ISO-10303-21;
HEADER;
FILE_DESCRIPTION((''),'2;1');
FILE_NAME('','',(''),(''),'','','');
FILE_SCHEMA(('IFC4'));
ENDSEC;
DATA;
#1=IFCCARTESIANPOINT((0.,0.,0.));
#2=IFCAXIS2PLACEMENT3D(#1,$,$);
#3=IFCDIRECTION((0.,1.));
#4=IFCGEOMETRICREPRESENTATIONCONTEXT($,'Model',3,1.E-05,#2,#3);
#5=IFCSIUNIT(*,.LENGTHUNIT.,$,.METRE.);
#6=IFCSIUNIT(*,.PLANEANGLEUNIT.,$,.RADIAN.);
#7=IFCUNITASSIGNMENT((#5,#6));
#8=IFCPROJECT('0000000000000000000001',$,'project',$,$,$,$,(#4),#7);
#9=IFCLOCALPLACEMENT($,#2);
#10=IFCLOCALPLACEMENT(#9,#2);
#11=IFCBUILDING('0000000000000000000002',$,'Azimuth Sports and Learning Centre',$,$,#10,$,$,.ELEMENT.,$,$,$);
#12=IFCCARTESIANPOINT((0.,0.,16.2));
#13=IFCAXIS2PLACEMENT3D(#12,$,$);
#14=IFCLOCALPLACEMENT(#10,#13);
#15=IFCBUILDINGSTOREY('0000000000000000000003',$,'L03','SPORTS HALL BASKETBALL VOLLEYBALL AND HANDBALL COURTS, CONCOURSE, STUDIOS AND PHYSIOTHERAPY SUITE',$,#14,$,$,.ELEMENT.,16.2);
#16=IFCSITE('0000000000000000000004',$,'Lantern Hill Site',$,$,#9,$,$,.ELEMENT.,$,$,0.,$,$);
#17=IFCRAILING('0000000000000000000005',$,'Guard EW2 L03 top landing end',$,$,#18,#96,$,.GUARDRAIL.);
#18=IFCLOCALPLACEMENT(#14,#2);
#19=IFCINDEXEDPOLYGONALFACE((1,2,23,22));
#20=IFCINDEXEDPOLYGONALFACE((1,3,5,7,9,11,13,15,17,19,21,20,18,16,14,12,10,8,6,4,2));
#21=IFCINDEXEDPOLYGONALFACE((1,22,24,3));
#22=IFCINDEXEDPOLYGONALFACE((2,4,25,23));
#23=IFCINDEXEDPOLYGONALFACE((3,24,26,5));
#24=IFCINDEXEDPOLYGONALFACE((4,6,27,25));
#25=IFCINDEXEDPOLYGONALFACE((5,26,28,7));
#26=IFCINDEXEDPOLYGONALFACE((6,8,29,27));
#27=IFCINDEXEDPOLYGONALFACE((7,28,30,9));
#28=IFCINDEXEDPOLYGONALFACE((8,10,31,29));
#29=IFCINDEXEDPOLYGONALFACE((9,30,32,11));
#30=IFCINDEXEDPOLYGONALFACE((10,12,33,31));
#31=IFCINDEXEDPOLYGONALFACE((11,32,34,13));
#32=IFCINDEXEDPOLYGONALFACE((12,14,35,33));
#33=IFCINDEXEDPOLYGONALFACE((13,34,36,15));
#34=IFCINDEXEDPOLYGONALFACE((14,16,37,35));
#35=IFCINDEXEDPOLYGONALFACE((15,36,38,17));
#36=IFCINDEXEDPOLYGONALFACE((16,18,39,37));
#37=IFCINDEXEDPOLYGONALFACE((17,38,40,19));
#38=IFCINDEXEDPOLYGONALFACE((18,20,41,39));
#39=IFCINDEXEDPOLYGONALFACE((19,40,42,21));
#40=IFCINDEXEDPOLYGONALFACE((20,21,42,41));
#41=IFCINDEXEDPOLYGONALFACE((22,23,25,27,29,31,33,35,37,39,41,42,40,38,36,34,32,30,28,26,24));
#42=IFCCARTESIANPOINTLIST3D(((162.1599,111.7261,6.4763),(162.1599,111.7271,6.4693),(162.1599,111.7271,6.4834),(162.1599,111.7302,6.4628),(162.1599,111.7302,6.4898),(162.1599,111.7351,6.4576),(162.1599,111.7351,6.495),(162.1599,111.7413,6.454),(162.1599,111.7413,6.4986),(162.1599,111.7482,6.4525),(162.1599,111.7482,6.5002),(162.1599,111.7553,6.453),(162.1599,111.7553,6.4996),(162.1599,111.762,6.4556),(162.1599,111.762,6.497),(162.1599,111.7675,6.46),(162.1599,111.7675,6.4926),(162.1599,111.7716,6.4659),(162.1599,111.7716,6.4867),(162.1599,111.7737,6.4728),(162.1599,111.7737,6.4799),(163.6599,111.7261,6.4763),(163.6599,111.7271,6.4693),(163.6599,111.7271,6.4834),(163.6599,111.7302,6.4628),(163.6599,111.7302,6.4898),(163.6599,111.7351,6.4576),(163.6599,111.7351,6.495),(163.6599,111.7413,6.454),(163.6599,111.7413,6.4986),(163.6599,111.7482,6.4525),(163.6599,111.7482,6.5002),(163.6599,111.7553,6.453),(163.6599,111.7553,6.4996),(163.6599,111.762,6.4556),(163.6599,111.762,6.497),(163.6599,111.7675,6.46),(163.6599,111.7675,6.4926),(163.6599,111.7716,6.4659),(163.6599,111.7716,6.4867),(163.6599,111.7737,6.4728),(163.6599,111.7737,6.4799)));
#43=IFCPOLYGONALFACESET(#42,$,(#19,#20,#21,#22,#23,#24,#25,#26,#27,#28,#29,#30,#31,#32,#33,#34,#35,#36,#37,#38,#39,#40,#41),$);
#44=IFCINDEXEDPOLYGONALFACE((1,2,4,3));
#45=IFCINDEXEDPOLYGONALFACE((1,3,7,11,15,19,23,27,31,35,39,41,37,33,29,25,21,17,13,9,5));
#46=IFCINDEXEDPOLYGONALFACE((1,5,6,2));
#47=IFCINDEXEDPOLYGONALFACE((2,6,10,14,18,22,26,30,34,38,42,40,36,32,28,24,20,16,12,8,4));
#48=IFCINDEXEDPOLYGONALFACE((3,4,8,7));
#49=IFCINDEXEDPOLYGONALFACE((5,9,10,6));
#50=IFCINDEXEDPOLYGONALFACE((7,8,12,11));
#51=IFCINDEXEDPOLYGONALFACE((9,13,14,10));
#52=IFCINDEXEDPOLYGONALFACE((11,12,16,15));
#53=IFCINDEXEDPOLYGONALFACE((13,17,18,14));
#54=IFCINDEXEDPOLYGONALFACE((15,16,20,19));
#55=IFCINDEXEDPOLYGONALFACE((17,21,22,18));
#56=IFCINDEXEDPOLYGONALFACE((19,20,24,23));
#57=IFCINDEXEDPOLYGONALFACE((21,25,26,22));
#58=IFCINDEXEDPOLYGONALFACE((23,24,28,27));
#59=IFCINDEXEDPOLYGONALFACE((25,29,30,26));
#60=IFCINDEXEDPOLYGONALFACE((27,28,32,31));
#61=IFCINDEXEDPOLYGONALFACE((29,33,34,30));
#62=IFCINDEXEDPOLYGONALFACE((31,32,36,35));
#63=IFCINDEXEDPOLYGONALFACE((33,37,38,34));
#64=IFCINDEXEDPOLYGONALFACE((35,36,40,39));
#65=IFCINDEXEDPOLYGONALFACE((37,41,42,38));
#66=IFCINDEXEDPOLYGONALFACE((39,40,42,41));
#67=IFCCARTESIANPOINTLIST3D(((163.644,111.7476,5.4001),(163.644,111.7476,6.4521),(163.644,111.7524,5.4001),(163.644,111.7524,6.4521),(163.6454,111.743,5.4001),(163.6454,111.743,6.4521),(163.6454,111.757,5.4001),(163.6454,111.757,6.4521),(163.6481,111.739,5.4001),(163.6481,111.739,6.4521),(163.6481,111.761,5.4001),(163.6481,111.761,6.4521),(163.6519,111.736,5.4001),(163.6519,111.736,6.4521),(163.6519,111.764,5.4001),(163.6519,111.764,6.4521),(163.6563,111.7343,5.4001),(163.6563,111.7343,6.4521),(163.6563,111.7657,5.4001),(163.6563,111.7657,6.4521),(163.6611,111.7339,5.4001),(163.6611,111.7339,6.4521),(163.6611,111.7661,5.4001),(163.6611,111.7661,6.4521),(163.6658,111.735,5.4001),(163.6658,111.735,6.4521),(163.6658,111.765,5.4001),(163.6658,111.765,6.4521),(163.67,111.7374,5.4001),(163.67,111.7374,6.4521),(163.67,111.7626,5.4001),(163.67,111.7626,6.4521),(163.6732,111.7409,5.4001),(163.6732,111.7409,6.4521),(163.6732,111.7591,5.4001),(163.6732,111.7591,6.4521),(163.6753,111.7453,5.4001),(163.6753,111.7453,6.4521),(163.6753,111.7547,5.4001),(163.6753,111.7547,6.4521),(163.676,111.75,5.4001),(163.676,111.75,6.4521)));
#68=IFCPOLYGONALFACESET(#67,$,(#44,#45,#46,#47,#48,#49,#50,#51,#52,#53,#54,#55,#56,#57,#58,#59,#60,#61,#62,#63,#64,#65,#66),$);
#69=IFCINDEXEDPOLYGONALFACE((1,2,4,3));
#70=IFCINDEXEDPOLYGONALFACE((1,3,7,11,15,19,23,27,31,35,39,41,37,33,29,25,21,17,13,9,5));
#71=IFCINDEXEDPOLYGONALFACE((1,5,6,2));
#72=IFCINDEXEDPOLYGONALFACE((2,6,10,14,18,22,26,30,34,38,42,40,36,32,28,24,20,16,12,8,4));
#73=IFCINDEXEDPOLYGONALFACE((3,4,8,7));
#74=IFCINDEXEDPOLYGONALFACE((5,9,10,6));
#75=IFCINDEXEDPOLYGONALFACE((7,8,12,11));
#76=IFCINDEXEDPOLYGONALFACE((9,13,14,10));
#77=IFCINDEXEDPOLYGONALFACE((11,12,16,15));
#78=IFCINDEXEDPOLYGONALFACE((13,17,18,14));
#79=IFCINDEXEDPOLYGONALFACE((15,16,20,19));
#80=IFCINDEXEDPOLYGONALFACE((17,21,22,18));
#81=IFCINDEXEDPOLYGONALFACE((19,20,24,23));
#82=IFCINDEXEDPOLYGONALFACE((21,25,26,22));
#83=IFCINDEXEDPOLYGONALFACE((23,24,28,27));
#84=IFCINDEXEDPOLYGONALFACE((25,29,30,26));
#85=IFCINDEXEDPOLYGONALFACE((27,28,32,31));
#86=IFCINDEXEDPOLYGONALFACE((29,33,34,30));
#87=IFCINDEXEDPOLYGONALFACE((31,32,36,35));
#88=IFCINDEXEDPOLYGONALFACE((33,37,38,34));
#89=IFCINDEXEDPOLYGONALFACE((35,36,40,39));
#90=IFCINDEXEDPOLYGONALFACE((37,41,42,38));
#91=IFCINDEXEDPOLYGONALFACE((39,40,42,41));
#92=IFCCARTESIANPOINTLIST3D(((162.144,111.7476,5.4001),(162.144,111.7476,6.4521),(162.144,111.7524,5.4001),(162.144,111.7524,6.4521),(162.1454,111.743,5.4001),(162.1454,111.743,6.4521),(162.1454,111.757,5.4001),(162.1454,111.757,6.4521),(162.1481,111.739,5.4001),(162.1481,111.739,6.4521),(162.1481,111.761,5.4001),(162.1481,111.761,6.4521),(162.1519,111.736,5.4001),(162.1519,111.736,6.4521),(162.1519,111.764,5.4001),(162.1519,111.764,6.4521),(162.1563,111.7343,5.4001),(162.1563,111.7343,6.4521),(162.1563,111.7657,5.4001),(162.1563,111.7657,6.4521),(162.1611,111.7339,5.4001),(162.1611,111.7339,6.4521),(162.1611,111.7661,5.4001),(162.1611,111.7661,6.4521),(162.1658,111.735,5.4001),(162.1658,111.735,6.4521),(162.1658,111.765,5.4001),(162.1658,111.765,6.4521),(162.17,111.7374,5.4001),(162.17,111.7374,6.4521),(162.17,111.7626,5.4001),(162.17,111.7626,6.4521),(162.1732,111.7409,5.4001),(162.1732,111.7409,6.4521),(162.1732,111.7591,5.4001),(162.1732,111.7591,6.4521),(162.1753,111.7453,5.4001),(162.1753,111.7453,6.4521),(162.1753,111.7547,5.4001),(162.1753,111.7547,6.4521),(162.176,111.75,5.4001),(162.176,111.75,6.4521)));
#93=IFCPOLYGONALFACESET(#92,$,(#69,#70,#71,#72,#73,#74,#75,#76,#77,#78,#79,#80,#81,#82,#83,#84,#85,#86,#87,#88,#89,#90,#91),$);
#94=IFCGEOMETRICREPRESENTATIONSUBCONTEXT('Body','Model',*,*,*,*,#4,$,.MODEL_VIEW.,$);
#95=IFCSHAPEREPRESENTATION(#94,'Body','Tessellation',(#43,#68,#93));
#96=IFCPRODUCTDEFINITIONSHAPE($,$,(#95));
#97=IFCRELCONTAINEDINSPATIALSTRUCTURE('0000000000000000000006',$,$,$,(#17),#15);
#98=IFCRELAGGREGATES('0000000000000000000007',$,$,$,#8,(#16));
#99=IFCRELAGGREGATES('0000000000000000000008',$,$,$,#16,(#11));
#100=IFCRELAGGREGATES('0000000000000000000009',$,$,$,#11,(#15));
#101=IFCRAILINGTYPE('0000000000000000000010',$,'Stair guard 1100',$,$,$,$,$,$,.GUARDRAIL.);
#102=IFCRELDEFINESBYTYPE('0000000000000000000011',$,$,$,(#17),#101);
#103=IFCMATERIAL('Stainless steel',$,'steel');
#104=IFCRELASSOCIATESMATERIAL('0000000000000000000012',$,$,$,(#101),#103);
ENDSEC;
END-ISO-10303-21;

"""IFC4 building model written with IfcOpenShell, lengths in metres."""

from ifc_helpers import new_model, si_unit, direction, frame, origin, origin_2d, place, context, subcontext, project, spatial, circle, extrude, material, type_object, element, save


model = new_model("IFC4")

# Units and contexts
model_context = context("Model", 3, precision=1e-05, world=origin(), true_north=direction((0.0, 1.0)))
body_context = subcontext(model_context, "Body", "Model", "MODEL_VIEW")
ifc_project = project(units=[si_unit("LENGTHUNIT", "METRE"), si_unit("PLANEANGLEUNIT", "RADIAN")], contexts=[model_context])

# Site, building, storey
site_placement = place(None, origin())
site = spatial("IfcSite", under=ifc_project, at=site_placement, Name="Lantern Hill Site", CompositionType="ELEMENT", RefElevation=0.0)
building_placement = place(site_placement, origin())
building = spatial("IfcBuilding", under=site, at=building_placement, Name="Azimuth Sports and Learning Centre", CompositionType="ELEMENT")
storey_placement = place(building_placement, frame((0.0, 0.0, 16.2)))
storey = spatial("IfcBuildingStorey", under=building, at=storey_placement, Name="L03", Description="SPORTS HALL BASKETBALL VOLLEYBALL AND HANDBALL COURTS, CONCOURSE, STUDIOS AND PHYSIOTHERAPY SUITE", CompositionType="ELEMENT", Elevation=16.2)

# Railing
ifc_material_1 = material(Name="Stainless steel", Category="steel")
railing_type_1 = type_object("IfcRailingType", Name="Stair guard 1100", PredefinedType="GUARDRAIL", material=ifc_material_1)
railing_1_placement = place(storey_placement, frame((163.6599, 111.75, 5.4001)))
element("IfcRailing", 1, at=railing_1_placement, inside=storey, type_object=railing_type_1, Name="Guard EW2 L03 top landing end", PredefinedType="GUARDRAIL", context=body_context, shape_type="SweptSolid", body=[
    extrude(circle(Radius=0.0239, at=origin_2d()), frame((0.0, 0.0, 1.0762), z_axis=(-1.0, 0.0, 0.0), x_axis=(0.0, -1.0, 0.0)), (0.0, 0.0, 1.0), 1.5),
    extrude(circle(Radius=0.0161, at=origin_2d()), origin(), (0.0, 0.0, 1.0), 1.052),
    extrude(circle(Radius=0.0161, at=origin_2d()), frame((-1.5, 0.0, 0.0)), (0.0, 0.0, 1.0), 1.052),
])

save(model, "model.ifc")
